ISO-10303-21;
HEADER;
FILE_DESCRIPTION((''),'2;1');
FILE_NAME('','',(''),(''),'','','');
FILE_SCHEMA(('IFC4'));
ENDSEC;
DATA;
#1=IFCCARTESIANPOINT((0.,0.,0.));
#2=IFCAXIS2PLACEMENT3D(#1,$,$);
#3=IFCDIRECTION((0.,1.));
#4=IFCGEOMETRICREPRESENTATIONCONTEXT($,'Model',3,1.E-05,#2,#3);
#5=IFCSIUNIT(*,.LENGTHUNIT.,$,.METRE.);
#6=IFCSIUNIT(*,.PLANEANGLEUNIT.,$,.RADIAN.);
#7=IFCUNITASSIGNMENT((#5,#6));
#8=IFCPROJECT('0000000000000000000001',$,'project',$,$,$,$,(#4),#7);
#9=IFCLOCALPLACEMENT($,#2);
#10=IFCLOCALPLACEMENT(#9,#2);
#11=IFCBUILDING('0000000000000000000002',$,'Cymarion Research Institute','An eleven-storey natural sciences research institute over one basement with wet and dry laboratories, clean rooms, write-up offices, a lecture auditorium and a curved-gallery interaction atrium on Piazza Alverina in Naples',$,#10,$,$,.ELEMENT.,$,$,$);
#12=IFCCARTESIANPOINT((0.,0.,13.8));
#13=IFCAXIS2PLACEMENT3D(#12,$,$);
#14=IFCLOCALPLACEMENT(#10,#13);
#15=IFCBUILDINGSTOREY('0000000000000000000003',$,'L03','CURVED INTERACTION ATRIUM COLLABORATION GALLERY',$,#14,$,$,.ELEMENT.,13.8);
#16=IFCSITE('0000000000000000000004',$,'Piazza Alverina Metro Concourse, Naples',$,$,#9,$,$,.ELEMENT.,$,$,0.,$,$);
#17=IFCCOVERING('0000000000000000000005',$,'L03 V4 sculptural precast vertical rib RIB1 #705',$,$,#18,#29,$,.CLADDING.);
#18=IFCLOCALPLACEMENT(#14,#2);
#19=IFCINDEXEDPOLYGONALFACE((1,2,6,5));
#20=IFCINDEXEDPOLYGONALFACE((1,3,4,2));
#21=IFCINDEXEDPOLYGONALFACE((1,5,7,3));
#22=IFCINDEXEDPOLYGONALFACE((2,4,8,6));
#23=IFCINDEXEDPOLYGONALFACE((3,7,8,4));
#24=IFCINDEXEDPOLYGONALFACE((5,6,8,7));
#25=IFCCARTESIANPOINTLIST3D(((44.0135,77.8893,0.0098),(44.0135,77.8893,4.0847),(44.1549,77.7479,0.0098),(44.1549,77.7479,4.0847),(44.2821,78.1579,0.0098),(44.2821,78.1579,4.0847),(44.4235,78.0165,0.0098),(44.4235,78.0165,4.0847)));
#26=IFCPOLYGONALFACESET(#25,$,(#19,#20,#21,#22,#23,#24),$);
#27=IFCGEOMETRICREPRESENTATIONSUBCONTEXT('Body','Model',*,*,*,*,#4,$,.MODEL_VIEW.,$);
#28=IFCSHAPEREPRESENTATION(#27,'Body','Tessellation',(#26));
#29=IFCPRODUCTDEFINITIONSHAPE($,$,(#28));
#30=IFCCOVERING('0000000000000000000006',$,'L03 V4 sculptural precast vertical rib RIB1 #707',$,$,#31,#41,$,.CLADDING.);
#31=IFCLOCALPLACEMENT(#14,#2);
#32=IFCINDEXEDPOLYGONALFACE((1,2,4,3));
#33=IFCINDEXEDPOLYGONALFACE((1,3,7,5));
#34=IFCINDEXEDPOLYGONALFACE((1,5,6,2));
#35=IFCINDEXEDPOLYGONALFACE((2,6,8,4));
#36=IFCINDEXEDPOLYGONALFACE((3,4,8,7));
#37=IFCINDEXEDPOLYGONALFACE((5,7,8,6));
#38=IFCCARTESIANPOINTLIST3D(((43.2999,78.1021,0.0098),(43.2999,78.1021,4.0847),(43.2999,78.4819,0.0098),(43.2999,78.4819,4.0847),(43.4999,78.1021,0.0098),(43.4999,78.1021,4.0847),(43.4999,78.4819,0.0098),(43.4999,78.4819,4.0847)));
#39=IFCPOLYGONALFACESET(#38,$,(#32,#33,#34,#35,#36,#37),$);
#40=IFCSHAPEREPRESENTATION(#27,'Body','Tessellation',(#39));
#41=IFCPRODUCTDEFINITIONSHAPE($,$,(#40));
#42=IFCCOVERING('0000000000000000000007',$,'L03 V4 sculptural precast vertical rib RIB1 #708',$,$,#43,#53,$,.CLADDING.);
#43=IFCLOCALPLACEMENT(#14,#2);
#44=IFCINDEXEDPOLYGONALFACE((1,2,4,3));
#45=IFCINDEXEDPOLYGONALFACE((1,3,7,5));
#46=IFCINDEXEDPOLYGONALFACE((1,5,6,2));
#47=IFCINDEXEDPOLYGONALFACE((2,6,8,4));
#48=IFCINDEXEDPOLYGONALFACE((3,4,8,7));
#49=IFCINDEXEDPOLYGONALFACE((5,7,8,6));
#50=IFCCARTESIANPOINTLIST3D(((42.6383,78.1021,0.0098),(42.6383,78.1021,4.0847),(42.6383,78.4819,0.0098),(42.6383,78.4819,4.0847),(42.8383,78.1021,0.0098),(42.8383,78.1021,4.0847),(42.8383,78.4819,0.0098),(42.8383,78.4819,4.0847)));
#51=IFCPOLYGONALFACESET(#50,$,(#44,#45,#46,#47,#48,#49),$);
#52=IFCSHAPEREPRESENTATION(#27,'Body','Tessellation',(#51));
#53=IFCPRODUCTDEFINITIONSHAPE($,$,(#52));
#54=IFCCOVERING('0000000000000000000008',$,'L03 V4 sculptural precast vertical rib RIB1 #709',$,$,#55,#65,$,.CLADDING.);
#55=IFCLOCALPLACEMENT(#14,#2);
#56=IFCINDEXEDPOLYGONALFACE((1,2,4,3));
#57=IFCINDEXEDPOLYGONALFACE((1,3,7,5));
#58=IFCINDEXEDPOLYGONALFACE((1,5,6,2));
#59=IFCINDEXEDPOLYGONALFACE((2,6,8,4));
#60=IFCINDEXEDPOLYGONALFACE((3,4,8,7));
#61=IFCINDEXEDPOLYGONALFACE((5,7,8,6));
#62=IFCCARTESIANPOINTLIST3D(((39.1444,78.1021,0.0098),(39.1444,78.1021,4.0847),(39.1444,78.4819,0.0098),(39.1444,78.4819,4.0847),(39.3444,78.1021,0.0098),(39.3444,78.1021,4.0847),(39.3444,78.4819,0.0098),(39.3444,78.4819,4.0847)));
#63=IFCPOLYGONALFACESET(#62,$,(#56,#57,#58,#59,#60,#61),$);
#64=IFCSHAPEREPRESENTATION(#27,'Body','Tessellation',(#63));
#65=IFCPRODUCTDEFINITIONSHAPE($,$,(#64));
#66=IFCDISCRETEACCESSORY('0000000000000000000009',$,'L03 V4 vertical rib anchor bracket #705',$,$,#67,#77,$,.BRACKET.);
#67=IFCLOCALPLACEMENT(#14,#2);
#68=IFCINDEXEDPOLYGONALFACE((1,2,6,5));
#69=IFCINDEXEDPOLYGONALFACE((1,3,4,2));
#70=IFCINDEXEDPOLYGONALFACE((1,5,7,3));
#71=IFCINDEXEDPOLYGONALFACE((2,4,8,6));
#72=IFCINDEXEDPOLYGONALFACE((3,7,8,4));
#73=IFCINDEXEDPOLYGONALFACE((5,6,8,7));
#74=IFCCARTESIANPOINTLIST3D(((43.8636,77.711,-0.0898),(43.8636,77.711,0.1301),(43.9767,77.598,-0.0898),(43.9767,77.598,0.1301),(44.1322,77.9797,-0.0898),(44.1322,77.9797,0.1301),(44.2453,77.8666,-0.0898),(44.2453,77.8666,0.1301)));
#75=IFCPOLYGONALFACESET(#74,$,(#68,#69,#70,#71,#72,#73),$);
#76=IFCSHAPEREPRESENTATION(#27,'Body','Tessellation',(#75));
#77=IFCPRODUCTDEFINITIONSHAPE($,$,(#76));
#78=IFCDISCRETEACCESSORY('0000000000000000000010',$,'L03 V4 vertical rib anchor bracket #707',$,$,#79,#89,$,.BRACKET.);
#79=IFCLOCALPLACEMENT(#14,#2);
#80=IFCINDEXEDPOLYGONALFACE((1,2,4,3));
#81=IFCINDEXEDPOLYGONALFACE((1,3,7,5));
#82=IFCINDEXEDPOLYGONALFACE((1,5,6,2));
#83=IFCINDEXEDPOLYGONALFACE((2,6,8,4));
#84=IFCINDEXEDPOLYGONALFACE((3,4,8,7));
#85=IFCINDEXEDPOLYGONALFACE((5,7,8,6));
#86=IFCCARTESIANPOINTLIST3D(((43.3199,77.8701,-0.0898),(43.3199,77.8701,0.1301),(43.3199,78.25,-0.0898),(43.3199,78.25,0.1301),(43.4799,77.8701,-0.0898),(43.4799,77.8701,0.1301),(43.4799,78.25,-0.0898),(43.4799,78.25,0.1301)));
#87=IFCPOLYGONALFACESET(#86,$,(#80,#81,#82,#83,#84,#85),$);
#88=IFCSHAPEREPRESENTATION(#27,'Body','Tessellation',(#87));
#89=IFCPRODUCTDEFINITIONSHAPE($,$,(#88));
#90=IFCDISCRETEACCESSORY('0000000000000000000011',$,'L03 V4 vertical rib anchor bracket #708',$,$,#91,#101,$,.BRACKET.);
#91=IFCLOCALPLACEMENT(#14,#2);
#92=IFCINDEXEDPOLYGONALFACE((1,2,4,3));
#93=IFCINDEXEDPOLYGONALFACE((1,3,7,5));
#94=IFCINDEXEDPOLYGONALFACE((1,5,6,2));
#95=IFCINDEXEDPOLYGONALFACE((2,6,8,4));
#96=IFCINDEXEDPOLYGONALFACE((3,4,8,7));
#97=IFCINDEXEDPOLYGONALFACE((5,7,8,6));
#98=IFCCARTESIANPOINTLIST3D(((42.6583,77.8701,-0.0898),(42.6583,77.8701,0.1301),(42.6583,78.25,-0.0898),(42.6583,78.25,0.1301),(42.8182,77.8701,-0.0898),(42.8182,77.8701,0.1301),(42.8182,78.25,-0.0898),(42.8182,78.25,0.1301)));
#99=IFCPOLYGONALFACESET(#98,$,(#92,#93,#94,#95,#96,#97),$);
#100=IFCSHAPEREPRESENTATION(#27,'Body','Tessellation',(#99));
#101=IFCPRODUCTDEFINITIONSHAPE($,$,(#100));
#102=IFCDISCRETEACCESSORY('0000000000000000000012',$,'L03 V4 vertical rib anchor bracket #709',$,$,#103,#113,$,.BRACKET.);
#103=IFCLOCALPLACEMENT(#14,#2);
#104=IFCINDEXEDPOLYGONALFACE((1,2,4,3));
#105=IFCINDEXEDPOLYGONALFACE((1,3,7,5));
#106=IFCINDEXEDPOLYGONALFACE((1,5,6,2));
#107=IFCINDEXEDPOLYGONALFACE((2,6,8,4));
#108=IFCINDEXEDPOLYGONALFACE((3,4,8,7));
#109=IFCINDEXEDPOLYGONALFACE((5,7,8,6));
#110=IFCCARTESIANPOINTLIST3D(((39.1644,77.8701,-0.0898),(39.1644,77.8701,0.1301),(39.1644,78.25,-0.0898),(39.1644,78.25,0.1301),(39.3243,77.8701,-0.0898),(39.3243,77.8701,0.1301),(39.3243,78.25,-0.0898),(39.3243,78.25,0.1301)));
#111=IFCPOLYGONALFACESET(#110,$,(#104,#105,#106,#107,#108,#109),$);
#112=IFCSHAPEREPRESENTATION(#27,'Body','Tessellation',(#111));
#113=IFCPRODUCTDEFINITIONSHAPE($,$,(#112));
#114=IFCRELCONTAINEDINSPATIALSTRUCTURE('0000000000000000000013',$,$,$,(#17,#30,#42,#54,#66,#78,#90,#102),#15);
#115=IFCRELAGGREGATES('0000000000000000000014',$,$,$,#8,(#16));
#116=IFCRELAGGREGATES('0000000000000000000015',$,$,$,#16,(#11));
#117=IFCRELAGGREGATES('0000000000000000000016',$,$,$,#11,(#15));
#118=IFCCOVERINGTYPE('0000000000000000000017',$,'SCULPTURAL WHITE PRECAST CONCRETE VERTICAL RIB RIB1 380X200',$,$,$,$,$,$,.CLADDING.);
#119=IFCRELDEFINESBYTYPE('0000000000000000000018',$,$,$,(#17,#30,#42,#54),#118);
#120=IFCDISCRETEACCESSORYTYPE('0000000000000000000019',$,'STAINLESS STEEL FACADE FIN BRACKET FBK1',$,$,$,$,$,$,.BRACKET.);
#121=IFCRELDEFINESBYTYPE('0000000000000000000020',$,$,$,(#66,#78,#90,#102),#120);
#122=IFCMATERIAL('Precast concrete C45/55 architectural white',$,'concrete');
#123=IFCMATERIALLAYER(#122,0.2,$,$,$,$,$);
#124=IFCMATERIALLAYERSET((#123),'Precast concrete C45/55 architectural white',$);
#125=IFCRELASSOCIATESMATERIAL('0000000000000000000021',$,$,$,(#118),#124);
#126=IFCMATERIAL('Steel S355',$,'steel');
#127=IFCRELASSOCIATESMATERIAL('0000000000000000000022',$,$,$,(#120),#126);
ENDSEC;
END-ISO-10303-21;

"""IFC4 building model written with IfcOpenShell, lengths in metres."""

from ifc_helpers import new_model, si_unit, direction, frame, origin, origin_2d, place, context, subcontext, project, spatial, rectangle, extrude, material, layer, layer_set, type_object, element, save


model = new_model("IFC4")

# Units and contexts
model_context = context("Model", 3, precision=1e-05, world=origin(), true_north=direction((0.0, 1.0)))
body_context = subcontext(model_context, "Body", "Model", "MODEL_VIEW")
ifc_project = project(units=[si_unit("LENGTHUNIT", "METRE"), si_unit("PLANEANGLEUNIT", "RADIAN")], contexts=[model_context])

# Site, building, storey
site_placement = place(None, origin())
site = spatial("IfcSite", under=ifc_project, at=site_placement, Name="Piazza Alverina Metro Concourse, Naples", CompositionType="ELEMENT", RefElevation=0.0)
building_placement = place(site_placement, origin())
building = spatial("IfcBuilding", under=site, at=building_placement, Name="Cymarion Research Institute", Description="An eleven-storey natural sciences research institute over one basement with wet and dry laboratories, clean rooms, write-up offices, a lecture auditorium and a curved-gallery interaction atrium on Piazza Alverina in Naples", CompositionType="ELEMENT")
storey_placement = place(building_placement, frame((0.0, 0.0, 13.8)))
storey = spatial("IfcBuildingStorey", under=building, at=storey_placement, Name="L03", Description="CURVED INTERACTION ATRIUM COLLABORATION GALLERY", CompositionType="ELEMENT", Elevation=13.8)

# Shared definitions
ifc_material_1 = material(Name="Steel S355", Category="steel")

# Coverings
ifc_material_2 = material(Name="Precast concrete C45/55 architectural white", Category="concrete")
ifc_layer_1 = layer(ifc_material_2, 0.2)
ifc_layer_set_1 = layer_set([ifc_layer_1], Name="Precast concrete C45/55 architectural white")
covering_type = type_object("IfcCoveringType", Name="SCULPTURAL WHITE PRECAST CONCRETE VERTICAL RIB RIB1 380X200", PredefinedType="CLADDING", material=ifc_layer_set_1)
for number, where, z_axis, x_axis, name in (
    (1, (44.2185, 77.9529, 0.0098), (0.0, 0.0, 1.0), (0.707107, 0.707107, 0.0), "L03 V4 sculptural precast vertical rib RIB1 #705"),
    (2, (43.3999, 78.292, 0.0098), (0.0, 0.0, 1.0), (0.0, 1.0, 0.0), "L03 V4 sculptural precast vertical rib RIB1 #707"),
    (3, (42.7383, 78.292, 0.0098), (0.0, 0.0, 1.0), (0.0, 1.0, 0.0), "L03 V4 sculptural precast vertical rib RIB1 #708"),
    (4, (39.2444, 78.292, 0.0098), (0.0, 0.0, 1.0), (0.0, 1.0, 0.0), "L03 V4 sculptural precast vertical rib RIB1 #709"),
):
    element("IfcCovering", number, at=place(storey_placement, frame(where, z_axis=z_axis, x_axis=x_axis)), inside=storey, type_object=covering_type, Name=name, PredefinedType="CLADDING", context=body_context, shape_type="SweptSolid", body=[
        extrude(rectangle(XDim=0.3799, YDim=0.2, at=origin_2d()), origin(), (0.0, 0.0, 1.0), 4.075),
    ])

# Discrete accessories
discrete_accessory_type = type_object("IfcDiscreteAccessoryType", Name="STAINLESS STEEL FACADE FIN BRACKET FBK1", PredefinedType="BRACKET", material=ifc_material_1)
for number, where, z_axis, x_axis, name in (
    (5, (44.0544, 77.7888, -0.0898), (0.0, 0.0, 1.0), (0.707107, 0.707107, 0.0), "L03 V4 vertical rib anchor bracket #705"),
    (6, (43.3999, 78.0601, -0.0898), (0.0, 0.0, 1.0), (0.0, 1.0, 0.0), "L03 V4 vertical rib anchor bracket #707"),
    (7, (42.7383, 78.0601, -0.0898), (0.0, 0.0, 1.0), (0.0, 1.0, 0.0), "L03 V4 vertical rib anchor bracket #708"),
    (8, (39.2444, 78.0601, -0.0898), (0.0, 0.0, 1.0), (0.0, 1.0, 0.0), "L03 V4 vertical rib anchor bracket #709"),
):
    element("IfcDiscreteAccessory", number, at=place(storey_placement, frame(where, z_axis=z_axis, x_axis=x_axis)), inside=storey, type_object=discrete_accessory_type, Name=name, PredefinedType="BRACKET", context=body_context, shape_type="SweptSolid", body=[
        extrude(rectangle(XDim=0.3799, YDim=0.1599, at=origin_2d()), origin(), (0.0, 0.0, 1.0), 0.22),
    ])

save(model, "model.ifc")
